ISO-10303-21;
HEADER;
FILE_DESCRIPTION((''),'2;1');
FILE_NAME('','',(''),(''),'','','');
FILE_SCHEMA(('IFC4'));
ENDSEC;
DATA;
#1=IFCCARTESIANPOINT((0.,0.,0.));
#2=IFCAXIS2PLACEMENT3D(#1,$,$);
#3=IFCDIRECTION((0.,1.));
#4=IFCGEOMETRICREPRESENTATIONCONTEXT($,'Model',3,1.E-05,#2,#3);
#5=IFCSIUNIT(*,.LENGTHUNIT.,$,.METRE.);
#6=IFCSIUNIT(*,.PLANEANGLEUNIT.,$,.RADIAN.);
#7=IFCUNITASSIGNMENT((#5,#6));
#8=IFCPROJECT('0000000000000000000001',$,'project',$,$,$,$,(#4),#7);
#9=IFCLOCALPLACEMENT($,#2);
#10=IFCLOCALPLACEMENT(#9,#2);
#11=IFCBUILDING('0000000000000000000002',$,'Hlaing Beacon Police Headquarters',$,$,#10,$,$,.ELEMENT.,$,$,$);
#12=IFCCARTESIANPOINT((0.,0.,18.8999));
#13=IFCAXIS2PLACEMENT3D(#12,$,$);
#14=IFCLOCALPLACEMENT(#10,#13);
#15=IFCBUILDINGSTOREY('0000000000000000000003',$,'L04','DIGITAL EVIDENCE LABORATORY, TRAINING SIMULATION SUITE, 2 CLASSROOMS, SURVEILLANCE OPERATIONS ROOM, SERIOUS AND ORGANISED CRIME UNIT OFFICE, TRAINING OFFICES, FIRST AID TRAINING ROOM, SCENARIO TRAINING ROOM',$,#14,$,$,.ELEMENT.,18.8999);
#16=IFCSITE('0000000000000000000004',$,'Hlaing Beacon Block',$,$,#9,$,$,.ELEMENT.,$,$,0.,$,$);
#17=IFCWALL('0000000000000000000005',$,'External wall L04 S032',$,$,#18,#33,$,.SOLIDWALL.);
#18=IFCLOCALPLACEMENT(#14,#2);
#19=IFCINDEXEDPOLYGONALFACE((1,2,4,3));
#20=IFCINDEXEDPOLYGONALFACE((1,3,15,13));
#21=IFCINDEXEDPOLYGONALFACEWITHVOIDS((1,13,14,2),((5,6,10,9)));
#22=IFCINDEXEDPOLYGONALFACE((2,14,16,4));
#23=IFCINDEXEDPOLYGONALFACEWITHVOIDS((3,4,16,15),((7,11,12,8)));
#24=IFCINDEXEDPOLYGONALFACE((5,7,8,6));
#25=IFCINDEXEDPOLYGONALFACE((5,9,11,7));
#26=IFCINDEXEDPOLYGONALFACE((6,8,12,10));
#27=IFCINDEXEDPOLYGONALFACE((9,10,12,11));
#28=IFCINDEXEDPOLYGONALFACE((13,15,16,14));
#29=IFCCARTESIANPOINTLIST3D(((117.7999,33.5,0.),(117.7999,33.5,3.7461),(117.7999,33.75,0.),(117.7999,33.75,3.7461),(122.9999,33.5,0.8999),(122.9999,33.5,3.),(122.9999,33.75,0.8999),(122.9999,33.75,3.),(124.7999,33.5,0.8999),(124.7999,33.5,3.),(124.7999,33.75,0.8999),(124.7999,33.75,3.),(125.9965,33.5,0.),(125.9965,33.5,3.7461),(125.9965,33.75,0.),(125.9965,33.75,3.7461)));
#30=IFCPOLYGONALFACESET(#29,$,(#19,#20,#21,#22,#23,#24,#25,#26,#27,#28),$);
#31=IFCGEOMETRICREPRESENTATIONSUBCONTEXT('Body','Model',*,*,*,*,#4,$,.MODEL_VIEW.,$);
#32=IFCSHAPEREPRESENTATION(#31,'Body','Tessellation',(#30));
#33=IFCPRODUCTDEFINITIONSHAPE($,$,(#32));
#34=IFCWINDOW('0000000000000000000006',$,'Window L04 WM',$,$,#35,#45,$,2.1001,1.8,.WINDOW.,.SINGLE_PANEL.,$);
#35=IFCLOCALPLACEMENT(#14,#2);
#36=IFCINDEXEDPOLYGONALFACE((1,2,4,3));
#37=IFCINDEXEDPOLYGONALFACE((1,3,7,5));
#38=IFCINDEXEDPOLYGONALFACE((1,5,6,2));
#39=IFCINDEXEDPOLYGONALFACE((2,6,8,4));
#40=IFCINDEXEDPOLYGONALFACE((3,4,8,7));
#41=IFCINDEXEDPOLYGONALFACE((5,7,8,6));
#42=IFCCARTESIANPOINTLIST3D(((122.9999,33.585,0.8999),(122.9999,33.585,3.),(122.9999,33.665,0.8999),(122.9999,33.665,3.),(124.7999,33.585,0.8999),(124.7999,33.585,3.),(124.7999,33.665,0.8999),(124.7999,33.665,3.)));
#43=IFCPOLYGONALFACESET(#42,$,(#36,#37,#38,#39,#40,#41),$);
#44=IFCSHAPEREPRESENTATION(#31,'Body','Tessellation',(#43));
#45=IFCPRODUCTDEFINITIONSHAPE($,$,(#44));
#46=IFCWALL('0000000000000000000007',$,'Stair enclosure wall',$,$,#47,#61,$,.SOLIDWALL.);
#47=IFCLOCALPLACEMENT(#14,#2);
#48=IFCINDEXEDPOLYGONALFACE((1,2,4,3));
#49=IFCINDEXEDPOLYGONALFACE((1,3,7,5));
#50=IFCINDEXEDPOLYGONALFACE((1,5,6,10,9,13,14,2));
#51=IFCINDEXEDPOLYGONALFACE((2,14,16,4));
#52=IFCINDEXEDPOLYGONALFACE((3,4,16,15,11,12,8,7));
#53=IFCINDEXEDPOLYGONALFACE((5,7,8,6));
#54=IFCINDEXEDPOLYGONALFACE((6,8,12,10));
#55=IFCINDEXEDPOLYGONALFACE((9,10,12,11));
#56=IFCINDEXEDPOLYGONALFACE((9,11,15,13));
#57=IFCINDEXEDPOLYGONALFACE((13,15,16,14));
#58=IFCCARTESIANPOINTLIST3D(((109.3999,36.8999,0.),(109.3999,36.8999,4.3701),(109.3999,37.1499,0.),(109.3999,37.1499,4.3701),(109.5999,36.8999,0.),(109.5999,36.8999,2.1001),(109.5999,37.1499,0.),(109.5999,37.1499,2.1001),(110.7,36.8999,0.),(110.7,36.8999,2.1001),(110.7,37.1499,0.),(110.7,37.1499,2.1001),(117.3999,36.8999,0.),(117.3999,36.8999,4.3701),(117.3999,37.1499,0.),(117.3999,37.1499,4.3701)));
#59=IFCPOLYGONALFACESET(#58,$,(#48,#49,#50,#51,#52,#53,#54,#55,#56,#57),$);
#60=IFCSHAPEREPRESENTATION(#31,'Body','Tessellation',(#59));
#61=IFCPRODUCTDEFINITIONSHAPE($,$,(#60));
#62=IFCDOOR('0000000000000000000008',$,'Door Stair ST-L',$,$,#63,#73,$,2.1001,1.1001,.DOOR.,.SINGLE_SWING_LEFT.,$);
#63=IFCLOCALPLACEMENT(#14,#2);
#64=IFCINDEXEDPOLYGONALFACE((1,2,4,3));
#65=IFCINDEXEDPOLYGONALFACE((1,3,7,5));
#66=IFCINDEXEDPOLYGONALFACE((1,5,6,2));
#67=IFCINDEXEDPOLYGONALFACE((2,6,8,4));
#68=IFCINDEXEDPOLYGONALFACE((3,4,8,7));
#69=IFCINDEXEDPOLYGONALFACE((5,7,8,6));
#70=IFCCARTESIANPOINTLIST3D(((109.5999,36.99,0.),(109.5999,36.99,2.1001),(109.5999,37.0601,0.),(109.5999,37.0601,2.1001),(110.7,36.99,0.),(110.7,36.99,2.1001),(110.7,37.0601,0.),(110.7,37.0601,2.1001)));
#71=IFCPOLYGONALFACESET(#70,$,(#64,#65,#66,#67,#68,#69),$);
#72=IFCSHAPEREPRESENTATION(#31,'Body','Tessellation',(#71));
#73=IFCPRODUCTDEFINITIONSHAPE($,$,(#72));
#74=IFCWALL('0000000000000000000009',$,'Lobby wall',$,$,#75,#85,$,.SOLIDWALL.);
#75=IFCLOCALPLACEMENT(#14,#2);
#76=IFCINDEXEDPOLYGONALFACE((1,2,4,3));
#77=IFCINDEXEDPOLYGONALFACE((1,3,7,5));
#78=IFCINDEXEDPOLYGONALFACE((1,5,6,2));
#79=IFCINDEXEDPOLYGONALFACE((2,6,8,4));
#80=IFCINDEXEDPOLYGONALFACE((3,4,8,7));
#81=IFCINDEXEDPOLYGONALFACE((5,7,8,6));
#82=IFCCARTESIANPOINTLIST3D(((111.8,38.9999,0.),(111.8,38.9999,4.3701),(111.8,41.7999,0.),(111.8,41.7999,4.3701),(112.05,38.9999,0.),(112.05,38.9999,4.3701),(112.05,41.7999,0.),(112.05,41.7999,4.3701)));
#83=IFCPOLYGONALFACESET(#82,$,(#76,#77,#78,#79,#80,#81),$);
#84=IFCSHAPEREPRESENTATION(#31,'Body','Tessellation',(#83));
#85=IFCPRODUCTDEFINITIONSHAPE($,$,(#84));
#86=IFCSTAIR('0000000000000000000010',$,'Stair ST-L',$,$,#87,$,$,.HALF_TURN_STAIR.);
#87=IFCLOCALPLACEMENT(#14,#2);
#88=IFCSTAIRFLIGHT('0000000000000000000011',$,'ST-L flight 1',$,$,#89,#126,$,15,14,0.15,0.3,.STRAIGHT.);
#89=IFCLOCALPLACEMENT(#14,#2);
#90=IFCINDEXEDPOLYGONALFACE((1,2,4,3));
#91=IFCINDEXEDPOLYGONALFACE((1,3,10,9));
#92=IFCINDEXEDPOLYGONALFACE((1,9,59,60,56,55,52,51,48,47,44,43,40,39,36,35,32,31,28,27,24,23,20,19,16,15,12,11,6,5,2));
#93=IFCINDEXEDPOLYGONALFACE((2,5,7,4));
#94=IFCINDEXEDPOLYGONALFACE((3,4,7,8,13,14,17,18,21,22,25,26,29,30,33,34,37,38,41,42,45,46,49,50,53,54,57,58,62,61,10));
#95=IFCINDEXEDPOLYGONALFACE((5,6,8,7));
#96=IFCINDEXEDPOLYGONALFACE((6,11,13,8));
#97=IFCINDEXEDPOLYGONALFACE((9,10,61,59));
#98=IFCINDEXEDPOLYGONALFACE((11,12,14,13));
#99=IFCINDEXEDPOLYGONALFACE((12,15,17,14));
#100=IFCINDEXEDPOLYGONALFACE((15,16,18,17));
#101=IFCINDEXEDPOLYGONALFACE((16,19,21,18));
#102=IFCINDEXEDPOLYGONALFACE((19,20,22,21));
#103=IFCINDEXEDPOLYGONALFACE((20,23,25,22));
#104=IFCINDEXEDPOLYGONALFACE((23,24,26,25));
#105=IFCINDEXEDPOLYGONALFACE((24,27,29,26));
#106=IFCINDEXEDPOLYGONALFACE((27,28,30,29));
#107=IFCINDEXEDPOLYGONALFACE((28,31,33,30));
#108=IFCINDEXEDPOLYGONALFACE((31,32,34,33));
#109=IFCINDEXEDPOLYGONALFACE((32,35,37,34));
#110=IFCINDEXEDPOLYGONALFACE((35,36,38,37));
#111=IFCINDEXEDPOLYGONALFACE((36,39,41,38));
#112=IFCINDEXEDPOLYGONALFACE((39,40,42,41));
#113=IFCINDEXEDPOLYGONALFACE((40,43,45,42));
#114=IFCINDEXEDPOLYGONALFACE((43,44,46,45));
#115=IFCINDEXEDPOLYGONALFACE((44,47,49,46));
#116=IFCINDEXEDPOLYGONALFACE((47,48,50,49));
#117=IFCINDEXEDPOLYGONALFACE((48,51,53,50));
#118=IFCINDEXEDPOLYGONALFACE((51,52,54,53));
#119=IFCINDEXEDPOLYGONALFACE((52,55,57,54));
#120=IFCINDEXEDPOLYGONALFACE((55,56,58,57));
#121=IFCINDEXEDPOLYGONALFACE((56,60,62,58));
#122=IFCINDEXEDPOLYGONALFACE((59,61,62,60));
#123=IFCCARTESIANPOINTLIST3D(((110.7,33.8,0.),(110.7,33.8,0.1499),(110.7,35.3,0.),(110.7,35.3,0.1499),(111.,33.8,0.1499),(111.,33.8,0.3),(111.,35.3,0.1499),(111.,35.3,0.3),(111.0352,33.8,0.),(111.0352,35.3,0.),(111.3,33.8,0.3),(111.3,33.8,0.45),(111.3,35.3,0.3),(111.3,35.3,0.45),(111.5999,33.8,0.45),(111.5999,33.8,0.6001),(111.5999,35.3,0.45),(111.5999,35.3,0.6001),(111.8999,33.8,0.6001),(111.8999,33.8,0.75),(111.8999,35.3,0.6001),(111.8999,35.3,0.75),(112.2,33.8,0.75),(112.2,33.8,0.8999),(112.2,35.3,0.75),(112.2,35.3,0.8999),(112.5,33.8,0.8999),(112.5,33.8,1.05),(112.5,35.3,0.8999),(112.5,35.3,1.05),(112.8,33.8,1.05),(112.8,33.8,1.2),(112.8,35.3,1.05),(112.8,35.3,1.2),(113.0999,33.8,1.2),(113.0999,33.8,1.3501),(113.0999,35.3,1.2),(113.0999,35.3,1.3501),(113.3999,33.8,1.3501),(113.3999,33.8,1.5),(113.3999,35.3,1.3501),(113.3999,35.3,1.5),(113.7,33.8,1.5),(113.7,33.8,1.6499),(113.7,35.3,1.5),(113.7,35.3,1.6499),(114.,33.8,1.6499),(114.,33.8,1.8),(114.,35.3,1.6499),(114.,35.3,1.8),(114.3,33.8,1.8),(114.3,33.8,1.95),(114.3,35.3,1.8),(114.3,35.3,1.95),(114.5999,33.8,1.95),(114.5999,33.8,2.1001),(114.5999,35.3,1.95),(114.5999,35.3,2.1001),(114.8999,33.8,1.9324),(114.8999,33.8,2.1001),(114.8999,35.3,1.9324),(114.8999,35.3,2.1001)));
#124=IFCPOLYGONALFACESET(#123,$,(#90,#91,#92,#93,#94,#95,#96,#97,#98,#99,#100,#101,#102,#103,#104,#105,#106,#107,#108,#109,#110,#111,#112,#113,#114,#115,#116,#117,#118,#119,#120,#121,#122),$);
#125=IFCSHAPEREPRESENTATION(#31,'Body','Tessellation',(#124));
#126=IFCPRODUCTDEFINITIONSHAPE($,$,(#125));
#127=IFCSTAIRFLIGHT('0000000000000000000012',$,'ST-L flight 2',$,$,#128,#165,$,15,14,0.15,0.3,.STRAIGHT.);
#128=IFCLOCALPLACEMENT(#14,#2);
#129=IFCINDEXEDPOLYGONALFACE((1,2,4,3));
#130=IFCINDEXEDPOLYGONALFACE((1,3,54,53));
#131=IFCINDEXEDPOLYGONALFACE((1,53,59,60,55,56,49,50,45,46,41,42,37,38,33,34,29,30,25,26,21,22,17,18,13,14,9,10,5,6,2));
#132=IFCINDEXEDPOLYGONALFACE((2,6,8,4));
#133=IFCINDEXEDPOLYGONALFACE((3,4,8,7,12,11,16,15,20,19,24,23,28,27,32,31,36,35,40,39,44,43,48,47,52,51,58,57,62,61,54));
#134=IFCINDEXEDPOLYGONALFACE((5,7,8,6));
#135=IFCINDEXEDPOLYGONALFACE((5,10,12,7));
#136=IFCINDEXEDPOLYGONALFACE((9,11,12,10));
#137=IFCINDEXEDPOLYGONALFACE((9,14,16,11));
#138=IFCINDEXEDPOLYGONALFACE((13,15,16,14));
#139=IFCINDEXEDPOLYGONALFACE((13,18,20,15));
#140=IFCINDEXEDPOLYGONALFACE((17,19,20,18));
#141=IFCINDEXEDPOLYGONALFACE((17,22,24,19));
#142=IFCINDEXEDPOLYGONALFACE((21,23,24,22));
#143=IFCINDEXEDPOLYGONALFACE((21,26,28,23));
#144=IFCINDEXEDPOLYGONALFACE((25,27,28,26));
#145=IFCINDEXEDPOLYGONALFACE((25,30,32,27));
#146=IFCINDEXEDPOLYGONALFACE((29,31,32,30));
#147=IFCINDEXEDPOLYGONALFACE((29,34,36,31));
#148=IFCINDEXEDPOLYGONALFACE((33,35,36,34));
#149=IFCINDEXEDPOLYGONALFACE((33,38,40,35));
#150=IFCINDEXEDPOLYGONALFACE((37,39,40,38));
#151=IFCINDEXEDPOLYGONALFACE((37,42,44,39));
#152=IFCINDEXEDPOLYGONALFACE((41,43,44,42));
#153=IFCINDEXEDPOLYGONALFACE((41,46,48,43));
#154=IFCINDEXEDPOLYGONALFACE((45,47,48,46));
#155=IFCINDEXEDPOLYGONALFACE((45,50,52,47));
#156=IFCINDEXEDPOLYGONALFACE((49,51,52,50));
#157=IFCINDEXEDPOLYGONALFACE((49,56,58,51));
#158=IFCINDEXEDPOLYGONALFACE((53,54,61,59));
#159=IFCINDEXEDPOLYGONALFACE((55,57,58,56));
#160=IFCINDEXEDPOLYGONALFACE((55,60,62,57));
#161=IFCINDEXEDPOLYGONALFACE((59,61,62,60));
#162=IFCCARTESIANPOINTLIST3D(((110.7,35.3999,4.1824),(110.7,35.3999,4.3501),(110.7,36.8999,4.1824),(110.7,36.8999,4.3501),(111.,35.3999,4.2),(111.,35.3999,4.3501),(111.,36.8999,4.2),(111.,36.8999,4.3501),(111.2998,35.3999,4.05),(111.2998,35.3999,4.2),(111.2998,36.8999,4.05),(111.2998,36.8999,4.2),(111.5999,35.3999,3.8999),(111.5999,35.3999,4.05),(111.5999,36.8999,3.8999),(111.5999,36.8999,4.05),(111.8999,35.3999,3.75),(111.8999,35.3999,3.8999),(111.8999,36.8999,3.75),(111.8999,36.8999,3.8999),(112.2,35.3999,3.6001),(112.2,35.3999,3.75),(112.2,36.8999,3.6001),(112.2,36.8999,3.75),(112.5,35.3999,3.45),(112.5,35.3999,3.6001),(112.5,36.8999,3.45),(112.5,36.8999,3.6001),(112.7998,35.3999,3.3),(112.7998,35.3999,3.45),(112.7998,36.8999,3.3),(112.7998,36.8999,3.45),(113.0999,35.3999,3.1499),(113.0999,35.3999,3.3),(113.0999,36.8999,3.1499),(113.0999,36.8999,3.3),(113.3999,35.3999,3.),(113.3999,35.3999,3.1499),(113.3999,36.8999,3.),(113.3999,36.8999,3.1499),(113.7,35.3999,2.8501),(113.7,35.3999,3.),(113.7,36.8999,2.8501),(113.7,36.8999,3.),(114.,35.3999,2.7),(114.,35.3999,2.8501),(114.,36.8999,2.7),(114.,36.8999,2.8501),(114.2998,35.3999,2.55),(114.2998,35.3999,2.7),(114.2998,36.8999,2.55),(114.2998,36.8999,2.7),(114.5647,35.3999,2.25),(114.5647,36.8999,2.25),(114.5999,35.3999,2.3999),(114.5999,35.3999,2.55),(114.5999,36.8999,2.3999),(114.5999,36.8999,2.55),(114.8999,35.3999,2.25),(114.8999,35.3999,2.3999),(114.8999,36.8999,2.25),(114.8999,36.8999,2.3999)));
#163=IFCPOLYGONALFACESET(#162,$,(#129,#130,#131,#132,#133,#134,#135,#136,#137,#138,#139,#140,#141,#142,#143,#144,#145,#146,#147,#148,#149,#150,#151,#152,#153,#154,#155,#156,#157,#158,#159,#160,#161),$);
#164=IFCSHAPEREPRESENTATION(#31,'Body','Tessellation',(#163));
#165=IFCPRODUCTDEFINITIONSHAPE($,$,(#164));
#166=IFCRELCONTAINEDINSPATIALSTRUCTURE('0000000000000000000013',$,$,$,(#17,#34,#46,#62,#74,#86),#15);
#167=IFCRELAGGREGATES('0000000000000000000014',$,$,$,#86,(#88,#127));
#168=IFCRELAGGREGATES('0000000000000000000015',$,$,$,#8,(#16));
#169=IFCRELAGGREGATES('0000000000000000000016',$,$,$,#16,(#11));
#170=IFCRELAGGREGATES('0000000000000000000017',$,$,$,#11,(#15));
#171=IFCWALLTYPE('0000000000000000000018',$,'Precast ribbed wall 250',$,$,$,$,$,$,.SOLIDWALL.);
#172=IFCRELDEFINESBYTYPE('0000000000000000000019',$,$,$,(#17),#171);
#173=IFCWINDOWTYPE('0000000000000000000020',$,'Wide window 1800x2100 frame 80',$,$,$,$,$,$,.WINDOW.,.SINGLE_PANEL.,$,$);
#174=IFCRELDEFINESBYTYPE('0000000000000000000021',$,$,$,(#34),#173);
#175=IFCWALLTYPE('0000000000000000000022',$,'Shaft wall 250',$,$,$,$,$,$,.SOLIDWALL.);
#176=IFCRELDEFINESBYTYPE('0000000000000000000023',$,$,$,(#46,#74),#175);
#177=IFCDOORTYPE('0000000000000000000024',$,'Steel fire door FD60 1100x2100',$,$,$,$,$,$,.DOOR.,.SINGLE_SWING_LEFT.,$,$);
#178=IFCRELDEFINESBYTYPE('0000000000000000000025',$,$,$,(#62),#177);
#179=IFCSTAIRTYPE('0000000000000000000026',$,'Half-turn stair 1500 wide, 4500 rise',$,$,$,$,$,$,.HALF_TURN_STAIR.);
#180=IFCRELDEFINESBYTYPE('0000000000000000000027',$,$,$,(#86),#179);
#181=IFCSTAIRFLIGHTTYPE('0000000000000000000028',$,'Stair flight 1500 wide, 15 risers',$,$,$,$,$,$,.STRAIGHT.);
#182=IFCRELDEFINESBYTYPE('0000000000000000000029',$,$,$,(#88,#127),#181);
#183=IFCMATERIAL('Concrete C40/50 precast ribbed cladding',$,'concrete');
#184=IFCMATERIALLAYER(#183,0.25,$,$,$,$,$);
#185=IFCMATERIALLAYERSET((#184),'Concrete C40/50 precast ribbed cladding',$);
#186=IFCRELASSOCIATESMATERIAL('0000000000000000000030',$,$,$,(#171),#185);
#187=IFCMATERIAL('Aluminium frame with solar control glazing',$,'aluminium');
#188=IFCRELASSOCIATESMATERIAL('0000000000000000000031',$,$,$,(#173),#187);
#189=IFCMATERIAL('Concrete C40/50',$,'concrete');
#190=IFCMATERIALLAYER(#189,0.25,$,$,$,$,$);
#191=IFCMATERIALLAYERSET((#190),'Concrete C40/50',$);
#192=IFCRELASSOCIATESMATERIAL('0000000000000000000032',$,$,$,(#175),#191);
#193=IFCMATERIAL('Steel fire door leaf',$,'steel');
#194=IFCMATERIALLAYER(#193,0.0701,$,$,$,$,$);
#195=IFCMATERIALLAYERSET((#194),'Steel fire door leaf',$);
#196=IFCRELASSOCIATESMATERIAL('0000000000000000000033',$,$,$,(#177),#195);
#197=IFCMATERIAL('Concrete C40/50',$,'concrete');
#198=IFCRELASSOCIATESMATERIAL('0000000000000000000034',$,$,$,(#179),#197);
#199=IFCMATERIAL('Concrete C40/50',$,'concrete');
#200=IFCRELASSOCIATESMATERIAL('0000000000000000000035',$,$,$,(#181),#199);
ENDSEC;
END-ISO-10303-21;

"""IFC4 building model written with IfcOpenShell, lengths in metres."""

from ifc_helpers import new_model, si_unit, direction, frame, frame_2d, origin, place, context, subcontext, project, spatial, polyline, rectangle, outline, extrude, material, layer, layer_set, type_object, element, fill, aggregate, save


model = new_model("IFC4")

# Units and contexts
model_context = context("Model", 3, precision=1e-05, world=origin(), true_north=direction((0.0, 1.0)))
body_context = subcontext(model_context, "Body", "Model", "MODEL_VIEW")
ifc_project = project(units=[si_unit("LENGTHUNIT", "METRE"), si_unit("PLANEANGLEUNIT", "RADIAN")], contexts=[model_context])

# Site, building, storey
site_placement = place(None, origin())
site = spatial("IfcSite", under=ifc_project, at=site_placement, Name="Hlaing Beacon Block", CompositionType="ELEMENT", RefElevation=0.0)
building_placement = place(site_placement, origin())
building = spatial("IfcBuilding", under=site, at=building_placement, Name="Hlaing Beacon Police Headquarters", CompositionType="ELEMENT")
storey_placement = place(building_placement, frame((0.0, 0.0, 18.8999)))
storey = spatial("IfcBuildingStorey", under=building, at=storey_placement, Name="L04", Description="DIGITAL EVIDENCE LABORATORY, TRAINING SIMULATION SUITE, 2 CLASSROOMS, SURVEILLANCE OPERATIONS ROOM, SERIOUS AND ORGANISED CRIME UNIT OFFICE, TRAINING OFFICES, FIRST AID TRAINING ROOM, SCENARIO TRAINING ROOM", CompositionType="ELEMENT", Elevation=18.8999)

# Wall, opening, window
ifc_material_1 = material(Name="Concrete C40/50 precast ribbed cladding", Category="concrete")
ifc_layer_1 = layer(ifc_material_1, 0.25)
ifc_layer_set_1 = layer_set([ifc_layer_1], Name="Concrete C40/50 precast ribbed cladding")
wall_type_1 = type_object("IfcWallType", Name="Precast ribbed wall 250", PredefinedType="SOLIDWALL", material=ifc_layer_set_1)
wall_1_placement = place(storey_placement, frame((117.8, 33.625, 0.0), z_axis=(0.0, 0.0, 1.0), x_axis=(1.0, 0.0, 0.0)))
wall_1 = element("IfcWall", 1, at=wall_1_placement, inside=storey, type_object=wall_type_1, Name="External wall L04 S032", PredefinedType="SOLIDWALL", context=body_context, shape_type="SweptSolid", body=[
    extrude(rectangle(XDim=8.1965, YDim=0.25, at=frame_2d((4.0981, 0.0))), origin(), (0.0, 0.0, 1.0), 3.7461),
])
opening_1_placement = place(wall_1_placement, frame((5.2, 0.0, 0.8999)))
opening_1 = element("IfcOpeningElement", 2, at=opening_1_placement, cuts=wall_1, PredefinedType="OPENING", context=body_context, shape_type="SweptSolid", body=[
    extrude(rectangle(XDim=1.8, YDim=2.1001, at=frame_2d((0.8999, 1.05))), frame((0.0, 0.135, 0.0), z_axis=(0.0, -1.0, 0.0), x_axis=(1.0, 0.0, 0.0)), (0.0, 0.0, 1.0), 0.27),
])
ifc_material_2 = material(Name="Aluminium frame with solar control glazing", Category="aluminium")
window_type = type_object("IfcWindowType", Name="Wide window 1800x2100 frame 80", PartitioningType="SINGLE_PANEL", PredefinedType="WINDOW", material=ifc_material_2)
window_placement = place(opening_1_placement, origin())
window = element("IfcWindow", 3, at=window_placement, inside=storey, type_object=window_type, Name="Window L04 WM", OverallHeight=2.1001, OverallWidth=1.8, PartitioningType="SINGLE_PANEL", PredefinedType="WINDOW", context=body_context, shape_type="SweptSolid", body=[
    extrude(rectangle(XDim=1.8, YDim=2.1001, at=frame_2d((0.8999, 1.05))), frame((0.0, 0.04, 0.0), z_axis=(0.0, -1.0, 0.0), x_axis=(1.0, 0.0, 0.0)), (0.0, 0.0, 1.0), 0.0801),
])
fill(opening_1, window)

# Wall, opening, door
ifc_material_3 = material(Name="Concrete C40/50", Category="concrete")
ifc_layer_2 = layer(ifc_material_3, 0.25)
ifc_layer_set_2 = layer_set([ifc_layer_2], Name="Concrete C40/50")
wall_type_2 = type_object("IfcWallType", Name="Shaft wall 250", PredefinedType="SOLIDWALL", material=ifc_layer_set_2)
wall_2_placement = place(storey_placement, frame((109.3999, 37.0249, 0.0), z_axis=(0.0, 0.0, 1.0), x_axis=(1.0, 0.0, 0.0)))
wall_2 = element("IfcWall", 4, at=wall_2_placement, inside=storey, type_object=wall_type_2, Name="Stair enclosure wall", PredefinedType="SOLIDWALL", context=body_context, shape_type="SweptSolid", body=[
    extrude(rectangle(XDim=8.0, YDim=0.25, at=frame_2d((4.0, 0.0))), origin(), (0.0, 0.0, 1.0), 4.3701),
])
opening_2_placement = place(wall_2_placement, frame((0.2, 0.0, 0.0)))
opening_2 = element("IfcOpeningElement", 5, at=opening_2_placement, cuts=wall_2, PredefinedType="OPENING", context=body_context, shape_type="SweptSolid", body=[
    extrude(rectangle(XDim=1.1001, YDim=2.1001, at=frame_2d((0.55, 1.05))), frame((0.0, 0.135, 0.0), z_axis=(0.0, -1.0, 0.0), x_axis=(1.0, 0.0, 0.0)), (0.0, 0.0, 1.0), 0.27),
])
ifc_material_4 = material(Name="Steel fire door leaf", Category="steel")
ifc_layer_3 = layer(ifc_material_4, 0.0701)
ifc_layer_set_3 = layer_set([ifc_layer_3], Name="Steel fire door leaf")
door_type_1 = type_object("IfcDoorType", Name="Steel fire door FD60 1100x2100", OperationType="SINGLE_SWING_LEFT", PredefinedType="DOOR", material=ifc_layer_set_3)
door_1_placement = place(opening_2_placement, frame((1.1001, 0.0, 0.0), z_axis=(0.0, 0.0, 1.0), x_axis=(-1.0, 0.0, 0.0)))
door_1 = element("IfcDoor", 6, at=door_1_placement, inside=storey, type_object=door_type_1, Name="Door Stair ST-L", OperationType="SINGLE_SWING_LEFT", OverallHeight=2.1001, OverallWidth=1.1001, PredefinedType="DOOR", context=body_context, shape_type="SweptSolid", body=[
    extrude(rectangle(XDim=1.1001, YDim=2.1001, at=frame_2d((0.55, 1.05))), frame((0.0, 0.0349, 0.0), z_axis=(0.0, -1.0, 0.0), x_axis=(1.0, 0.0, 0.0)), (0.0, 0.0, 1.0), 0.0701),
])
fill(opening_2, door_1)

# Wall
wall_3_placement = place(storey_placement, frame((111.925, 39.0, 0.0), z_axis=(0.0, 0.0, 1.0), x_axis=(0.0, 1.0, 0.0)))
element("IfcWall", 7, at=wall_3_placement, inside=storey, type_object=wall_type_2, Name="Lobby wall", PredefinedType="SOLIDWALL", context=body_context, shape_type="SweptSolid", body=[
    extrude(rectangle(XDim=2.8, YDim=0.25, at=frame_2d((1.3999, 0.0))), origin(), (0.0, 0.0, 1.0), 4.3701),
])

# Stair, stair flights
ifc_material_5 = material(Name="Concrete C40/50", Category="concrete")
stair_type = type_object("IfcStairType", Name="Half-turn stair 1500 wide, 4500 rise", PredefinedType="HALF_TURN_STAIR", material=ifc_material_5)
stair_placement = place(storey_placement, origin())
stair = element("IfcStair", 8, at=stair_placement, inside=storey, type_object=stair_type, Name="Stair ST-L", PredefinedType="HALF_TURN_STAIR")
ifc_material_6 = material(Name="Concrete C40/50", Category="concrete")
stair_flight_type = type_object("IfcStairFlightType", Name="Stair flight 1500 wide, 15 risers", PredefinedType="STRAIGHT", material=ifc_material_6)
stair_flight_1_placement = place(storey_placement, frame((110.7, 34.55, 0.0), z_axis=(0.0, 0.0, 1.0), x_axis=(1.0, 0.0, 0.0)))
stair_flight_1 = element("IfcStairFlight", 9, at=stair_flight_1_placement, type_object=stair_flight_type, Name="ST-L flight 1", NumberOfRisers=15, NumberOfTreads=14, PredefinedType="STRAIGHT", RiserHeight=0.15, TreadLength=0.3, context=body_context, shape_type="SweptSolid", body=[
    extrude(outline(polyline([(0.0, 0.0), (0.0, 0.1499), (0.3, 0.1499), (0.3, 0.3), (0.6001, 0.3), (0.6001, 0.45), (0.8999, 0.45), (0.8999, 0.6001), (1.2, 0.6001), (1.2, 0.75), (1.5, 0.75), (1.5, 0.8999), (1.8, 0.8999), (1.8, 1.05), (2.1001, 1.05), (2.1001, 1.2), (2.3999, 1.2), (2.3999, 1.3501), (2.7, 1.3501), (2.7, 1.5), (3.0, 1.5), (3.0, 1.6499), (3.3, 1.6499), (3.3, 1.8), (3.6001, 1.8), (3.6001, 1.95), (3.8999, 1.95), (3.8999, 2.1001), (4.2, 2.1001), (4.2, 2.25), (4.2, 1.9324), (0.3352, 0.0), (0.0, 0.0)])), frame((0.0, 0.75, 0.0), z_axis=(0.0, -1.0, 0.0), x_axis=(1.0, 0.0, 0.0)), (0.0, 0.0, 1.0), 1.5),
])
stair_flight_2_placement = place(storey_placement, frame((114.8999, 36.1499, 2.25), z_axis=(0.0, 0.0, 1.0), x_axis=(-1.0, 0.0, 0.0)))
stair_flight_2 = element("IfcStairFlight", 10, at=stair_flight_2_placement, type_object=stair_flight_type, Name="ST-L flight 2", NumberOfRisers=15, NumberOfTreads=14, PredefinedType="STRAIGHT", RiserHeight=0.15, TreadLength=0.3, context=body_context, shape_type="SweptSolid", body=[
    extrude(outline(polyline([(0.0, 0.0), (0.0, 0.1499), (0.3, 0.1499), (0.3, 0.3), (0.6001, 0.3), (0.6001, 0.45), (0.8999, 0.45), (0.8999, 0.6001), (1.2, 0.6001), (1.2, 0.75), (1.5, 0.75), (1.5, 0.8999), (1.8, 0.8999), (1.8, 1.05), (2.1001, 1.05), (2.1001, 1.2), (2.3999, 1.2), (2.3999, 1.3501), (2.7, 1.3501), (2.7, 1.5), (3.0, 1.5), (3.0, 1.6499), (3.3, 1.6499), (3.3, 1.8), (3.6001, 1.8), (3.6001, 1.95), (3.8999, 1.95), (3.8999, 2.1001), (4.2, 2.1001), (4.2, 2.25), (4.2, 1.9324), (0.3352, 0.0), (0.0, 0.0)])), frame((0.0, 0.75, 0.0), z_axis=(0.0, -1.0, 0.0), x_axis=(1.0, 0.0, 0.0)), (0.0, 0.0, 1.0), 1.5),
])
aggregate(stair, [stair_flight_1, stair_flight_2])

save(model, "model.ifc")
